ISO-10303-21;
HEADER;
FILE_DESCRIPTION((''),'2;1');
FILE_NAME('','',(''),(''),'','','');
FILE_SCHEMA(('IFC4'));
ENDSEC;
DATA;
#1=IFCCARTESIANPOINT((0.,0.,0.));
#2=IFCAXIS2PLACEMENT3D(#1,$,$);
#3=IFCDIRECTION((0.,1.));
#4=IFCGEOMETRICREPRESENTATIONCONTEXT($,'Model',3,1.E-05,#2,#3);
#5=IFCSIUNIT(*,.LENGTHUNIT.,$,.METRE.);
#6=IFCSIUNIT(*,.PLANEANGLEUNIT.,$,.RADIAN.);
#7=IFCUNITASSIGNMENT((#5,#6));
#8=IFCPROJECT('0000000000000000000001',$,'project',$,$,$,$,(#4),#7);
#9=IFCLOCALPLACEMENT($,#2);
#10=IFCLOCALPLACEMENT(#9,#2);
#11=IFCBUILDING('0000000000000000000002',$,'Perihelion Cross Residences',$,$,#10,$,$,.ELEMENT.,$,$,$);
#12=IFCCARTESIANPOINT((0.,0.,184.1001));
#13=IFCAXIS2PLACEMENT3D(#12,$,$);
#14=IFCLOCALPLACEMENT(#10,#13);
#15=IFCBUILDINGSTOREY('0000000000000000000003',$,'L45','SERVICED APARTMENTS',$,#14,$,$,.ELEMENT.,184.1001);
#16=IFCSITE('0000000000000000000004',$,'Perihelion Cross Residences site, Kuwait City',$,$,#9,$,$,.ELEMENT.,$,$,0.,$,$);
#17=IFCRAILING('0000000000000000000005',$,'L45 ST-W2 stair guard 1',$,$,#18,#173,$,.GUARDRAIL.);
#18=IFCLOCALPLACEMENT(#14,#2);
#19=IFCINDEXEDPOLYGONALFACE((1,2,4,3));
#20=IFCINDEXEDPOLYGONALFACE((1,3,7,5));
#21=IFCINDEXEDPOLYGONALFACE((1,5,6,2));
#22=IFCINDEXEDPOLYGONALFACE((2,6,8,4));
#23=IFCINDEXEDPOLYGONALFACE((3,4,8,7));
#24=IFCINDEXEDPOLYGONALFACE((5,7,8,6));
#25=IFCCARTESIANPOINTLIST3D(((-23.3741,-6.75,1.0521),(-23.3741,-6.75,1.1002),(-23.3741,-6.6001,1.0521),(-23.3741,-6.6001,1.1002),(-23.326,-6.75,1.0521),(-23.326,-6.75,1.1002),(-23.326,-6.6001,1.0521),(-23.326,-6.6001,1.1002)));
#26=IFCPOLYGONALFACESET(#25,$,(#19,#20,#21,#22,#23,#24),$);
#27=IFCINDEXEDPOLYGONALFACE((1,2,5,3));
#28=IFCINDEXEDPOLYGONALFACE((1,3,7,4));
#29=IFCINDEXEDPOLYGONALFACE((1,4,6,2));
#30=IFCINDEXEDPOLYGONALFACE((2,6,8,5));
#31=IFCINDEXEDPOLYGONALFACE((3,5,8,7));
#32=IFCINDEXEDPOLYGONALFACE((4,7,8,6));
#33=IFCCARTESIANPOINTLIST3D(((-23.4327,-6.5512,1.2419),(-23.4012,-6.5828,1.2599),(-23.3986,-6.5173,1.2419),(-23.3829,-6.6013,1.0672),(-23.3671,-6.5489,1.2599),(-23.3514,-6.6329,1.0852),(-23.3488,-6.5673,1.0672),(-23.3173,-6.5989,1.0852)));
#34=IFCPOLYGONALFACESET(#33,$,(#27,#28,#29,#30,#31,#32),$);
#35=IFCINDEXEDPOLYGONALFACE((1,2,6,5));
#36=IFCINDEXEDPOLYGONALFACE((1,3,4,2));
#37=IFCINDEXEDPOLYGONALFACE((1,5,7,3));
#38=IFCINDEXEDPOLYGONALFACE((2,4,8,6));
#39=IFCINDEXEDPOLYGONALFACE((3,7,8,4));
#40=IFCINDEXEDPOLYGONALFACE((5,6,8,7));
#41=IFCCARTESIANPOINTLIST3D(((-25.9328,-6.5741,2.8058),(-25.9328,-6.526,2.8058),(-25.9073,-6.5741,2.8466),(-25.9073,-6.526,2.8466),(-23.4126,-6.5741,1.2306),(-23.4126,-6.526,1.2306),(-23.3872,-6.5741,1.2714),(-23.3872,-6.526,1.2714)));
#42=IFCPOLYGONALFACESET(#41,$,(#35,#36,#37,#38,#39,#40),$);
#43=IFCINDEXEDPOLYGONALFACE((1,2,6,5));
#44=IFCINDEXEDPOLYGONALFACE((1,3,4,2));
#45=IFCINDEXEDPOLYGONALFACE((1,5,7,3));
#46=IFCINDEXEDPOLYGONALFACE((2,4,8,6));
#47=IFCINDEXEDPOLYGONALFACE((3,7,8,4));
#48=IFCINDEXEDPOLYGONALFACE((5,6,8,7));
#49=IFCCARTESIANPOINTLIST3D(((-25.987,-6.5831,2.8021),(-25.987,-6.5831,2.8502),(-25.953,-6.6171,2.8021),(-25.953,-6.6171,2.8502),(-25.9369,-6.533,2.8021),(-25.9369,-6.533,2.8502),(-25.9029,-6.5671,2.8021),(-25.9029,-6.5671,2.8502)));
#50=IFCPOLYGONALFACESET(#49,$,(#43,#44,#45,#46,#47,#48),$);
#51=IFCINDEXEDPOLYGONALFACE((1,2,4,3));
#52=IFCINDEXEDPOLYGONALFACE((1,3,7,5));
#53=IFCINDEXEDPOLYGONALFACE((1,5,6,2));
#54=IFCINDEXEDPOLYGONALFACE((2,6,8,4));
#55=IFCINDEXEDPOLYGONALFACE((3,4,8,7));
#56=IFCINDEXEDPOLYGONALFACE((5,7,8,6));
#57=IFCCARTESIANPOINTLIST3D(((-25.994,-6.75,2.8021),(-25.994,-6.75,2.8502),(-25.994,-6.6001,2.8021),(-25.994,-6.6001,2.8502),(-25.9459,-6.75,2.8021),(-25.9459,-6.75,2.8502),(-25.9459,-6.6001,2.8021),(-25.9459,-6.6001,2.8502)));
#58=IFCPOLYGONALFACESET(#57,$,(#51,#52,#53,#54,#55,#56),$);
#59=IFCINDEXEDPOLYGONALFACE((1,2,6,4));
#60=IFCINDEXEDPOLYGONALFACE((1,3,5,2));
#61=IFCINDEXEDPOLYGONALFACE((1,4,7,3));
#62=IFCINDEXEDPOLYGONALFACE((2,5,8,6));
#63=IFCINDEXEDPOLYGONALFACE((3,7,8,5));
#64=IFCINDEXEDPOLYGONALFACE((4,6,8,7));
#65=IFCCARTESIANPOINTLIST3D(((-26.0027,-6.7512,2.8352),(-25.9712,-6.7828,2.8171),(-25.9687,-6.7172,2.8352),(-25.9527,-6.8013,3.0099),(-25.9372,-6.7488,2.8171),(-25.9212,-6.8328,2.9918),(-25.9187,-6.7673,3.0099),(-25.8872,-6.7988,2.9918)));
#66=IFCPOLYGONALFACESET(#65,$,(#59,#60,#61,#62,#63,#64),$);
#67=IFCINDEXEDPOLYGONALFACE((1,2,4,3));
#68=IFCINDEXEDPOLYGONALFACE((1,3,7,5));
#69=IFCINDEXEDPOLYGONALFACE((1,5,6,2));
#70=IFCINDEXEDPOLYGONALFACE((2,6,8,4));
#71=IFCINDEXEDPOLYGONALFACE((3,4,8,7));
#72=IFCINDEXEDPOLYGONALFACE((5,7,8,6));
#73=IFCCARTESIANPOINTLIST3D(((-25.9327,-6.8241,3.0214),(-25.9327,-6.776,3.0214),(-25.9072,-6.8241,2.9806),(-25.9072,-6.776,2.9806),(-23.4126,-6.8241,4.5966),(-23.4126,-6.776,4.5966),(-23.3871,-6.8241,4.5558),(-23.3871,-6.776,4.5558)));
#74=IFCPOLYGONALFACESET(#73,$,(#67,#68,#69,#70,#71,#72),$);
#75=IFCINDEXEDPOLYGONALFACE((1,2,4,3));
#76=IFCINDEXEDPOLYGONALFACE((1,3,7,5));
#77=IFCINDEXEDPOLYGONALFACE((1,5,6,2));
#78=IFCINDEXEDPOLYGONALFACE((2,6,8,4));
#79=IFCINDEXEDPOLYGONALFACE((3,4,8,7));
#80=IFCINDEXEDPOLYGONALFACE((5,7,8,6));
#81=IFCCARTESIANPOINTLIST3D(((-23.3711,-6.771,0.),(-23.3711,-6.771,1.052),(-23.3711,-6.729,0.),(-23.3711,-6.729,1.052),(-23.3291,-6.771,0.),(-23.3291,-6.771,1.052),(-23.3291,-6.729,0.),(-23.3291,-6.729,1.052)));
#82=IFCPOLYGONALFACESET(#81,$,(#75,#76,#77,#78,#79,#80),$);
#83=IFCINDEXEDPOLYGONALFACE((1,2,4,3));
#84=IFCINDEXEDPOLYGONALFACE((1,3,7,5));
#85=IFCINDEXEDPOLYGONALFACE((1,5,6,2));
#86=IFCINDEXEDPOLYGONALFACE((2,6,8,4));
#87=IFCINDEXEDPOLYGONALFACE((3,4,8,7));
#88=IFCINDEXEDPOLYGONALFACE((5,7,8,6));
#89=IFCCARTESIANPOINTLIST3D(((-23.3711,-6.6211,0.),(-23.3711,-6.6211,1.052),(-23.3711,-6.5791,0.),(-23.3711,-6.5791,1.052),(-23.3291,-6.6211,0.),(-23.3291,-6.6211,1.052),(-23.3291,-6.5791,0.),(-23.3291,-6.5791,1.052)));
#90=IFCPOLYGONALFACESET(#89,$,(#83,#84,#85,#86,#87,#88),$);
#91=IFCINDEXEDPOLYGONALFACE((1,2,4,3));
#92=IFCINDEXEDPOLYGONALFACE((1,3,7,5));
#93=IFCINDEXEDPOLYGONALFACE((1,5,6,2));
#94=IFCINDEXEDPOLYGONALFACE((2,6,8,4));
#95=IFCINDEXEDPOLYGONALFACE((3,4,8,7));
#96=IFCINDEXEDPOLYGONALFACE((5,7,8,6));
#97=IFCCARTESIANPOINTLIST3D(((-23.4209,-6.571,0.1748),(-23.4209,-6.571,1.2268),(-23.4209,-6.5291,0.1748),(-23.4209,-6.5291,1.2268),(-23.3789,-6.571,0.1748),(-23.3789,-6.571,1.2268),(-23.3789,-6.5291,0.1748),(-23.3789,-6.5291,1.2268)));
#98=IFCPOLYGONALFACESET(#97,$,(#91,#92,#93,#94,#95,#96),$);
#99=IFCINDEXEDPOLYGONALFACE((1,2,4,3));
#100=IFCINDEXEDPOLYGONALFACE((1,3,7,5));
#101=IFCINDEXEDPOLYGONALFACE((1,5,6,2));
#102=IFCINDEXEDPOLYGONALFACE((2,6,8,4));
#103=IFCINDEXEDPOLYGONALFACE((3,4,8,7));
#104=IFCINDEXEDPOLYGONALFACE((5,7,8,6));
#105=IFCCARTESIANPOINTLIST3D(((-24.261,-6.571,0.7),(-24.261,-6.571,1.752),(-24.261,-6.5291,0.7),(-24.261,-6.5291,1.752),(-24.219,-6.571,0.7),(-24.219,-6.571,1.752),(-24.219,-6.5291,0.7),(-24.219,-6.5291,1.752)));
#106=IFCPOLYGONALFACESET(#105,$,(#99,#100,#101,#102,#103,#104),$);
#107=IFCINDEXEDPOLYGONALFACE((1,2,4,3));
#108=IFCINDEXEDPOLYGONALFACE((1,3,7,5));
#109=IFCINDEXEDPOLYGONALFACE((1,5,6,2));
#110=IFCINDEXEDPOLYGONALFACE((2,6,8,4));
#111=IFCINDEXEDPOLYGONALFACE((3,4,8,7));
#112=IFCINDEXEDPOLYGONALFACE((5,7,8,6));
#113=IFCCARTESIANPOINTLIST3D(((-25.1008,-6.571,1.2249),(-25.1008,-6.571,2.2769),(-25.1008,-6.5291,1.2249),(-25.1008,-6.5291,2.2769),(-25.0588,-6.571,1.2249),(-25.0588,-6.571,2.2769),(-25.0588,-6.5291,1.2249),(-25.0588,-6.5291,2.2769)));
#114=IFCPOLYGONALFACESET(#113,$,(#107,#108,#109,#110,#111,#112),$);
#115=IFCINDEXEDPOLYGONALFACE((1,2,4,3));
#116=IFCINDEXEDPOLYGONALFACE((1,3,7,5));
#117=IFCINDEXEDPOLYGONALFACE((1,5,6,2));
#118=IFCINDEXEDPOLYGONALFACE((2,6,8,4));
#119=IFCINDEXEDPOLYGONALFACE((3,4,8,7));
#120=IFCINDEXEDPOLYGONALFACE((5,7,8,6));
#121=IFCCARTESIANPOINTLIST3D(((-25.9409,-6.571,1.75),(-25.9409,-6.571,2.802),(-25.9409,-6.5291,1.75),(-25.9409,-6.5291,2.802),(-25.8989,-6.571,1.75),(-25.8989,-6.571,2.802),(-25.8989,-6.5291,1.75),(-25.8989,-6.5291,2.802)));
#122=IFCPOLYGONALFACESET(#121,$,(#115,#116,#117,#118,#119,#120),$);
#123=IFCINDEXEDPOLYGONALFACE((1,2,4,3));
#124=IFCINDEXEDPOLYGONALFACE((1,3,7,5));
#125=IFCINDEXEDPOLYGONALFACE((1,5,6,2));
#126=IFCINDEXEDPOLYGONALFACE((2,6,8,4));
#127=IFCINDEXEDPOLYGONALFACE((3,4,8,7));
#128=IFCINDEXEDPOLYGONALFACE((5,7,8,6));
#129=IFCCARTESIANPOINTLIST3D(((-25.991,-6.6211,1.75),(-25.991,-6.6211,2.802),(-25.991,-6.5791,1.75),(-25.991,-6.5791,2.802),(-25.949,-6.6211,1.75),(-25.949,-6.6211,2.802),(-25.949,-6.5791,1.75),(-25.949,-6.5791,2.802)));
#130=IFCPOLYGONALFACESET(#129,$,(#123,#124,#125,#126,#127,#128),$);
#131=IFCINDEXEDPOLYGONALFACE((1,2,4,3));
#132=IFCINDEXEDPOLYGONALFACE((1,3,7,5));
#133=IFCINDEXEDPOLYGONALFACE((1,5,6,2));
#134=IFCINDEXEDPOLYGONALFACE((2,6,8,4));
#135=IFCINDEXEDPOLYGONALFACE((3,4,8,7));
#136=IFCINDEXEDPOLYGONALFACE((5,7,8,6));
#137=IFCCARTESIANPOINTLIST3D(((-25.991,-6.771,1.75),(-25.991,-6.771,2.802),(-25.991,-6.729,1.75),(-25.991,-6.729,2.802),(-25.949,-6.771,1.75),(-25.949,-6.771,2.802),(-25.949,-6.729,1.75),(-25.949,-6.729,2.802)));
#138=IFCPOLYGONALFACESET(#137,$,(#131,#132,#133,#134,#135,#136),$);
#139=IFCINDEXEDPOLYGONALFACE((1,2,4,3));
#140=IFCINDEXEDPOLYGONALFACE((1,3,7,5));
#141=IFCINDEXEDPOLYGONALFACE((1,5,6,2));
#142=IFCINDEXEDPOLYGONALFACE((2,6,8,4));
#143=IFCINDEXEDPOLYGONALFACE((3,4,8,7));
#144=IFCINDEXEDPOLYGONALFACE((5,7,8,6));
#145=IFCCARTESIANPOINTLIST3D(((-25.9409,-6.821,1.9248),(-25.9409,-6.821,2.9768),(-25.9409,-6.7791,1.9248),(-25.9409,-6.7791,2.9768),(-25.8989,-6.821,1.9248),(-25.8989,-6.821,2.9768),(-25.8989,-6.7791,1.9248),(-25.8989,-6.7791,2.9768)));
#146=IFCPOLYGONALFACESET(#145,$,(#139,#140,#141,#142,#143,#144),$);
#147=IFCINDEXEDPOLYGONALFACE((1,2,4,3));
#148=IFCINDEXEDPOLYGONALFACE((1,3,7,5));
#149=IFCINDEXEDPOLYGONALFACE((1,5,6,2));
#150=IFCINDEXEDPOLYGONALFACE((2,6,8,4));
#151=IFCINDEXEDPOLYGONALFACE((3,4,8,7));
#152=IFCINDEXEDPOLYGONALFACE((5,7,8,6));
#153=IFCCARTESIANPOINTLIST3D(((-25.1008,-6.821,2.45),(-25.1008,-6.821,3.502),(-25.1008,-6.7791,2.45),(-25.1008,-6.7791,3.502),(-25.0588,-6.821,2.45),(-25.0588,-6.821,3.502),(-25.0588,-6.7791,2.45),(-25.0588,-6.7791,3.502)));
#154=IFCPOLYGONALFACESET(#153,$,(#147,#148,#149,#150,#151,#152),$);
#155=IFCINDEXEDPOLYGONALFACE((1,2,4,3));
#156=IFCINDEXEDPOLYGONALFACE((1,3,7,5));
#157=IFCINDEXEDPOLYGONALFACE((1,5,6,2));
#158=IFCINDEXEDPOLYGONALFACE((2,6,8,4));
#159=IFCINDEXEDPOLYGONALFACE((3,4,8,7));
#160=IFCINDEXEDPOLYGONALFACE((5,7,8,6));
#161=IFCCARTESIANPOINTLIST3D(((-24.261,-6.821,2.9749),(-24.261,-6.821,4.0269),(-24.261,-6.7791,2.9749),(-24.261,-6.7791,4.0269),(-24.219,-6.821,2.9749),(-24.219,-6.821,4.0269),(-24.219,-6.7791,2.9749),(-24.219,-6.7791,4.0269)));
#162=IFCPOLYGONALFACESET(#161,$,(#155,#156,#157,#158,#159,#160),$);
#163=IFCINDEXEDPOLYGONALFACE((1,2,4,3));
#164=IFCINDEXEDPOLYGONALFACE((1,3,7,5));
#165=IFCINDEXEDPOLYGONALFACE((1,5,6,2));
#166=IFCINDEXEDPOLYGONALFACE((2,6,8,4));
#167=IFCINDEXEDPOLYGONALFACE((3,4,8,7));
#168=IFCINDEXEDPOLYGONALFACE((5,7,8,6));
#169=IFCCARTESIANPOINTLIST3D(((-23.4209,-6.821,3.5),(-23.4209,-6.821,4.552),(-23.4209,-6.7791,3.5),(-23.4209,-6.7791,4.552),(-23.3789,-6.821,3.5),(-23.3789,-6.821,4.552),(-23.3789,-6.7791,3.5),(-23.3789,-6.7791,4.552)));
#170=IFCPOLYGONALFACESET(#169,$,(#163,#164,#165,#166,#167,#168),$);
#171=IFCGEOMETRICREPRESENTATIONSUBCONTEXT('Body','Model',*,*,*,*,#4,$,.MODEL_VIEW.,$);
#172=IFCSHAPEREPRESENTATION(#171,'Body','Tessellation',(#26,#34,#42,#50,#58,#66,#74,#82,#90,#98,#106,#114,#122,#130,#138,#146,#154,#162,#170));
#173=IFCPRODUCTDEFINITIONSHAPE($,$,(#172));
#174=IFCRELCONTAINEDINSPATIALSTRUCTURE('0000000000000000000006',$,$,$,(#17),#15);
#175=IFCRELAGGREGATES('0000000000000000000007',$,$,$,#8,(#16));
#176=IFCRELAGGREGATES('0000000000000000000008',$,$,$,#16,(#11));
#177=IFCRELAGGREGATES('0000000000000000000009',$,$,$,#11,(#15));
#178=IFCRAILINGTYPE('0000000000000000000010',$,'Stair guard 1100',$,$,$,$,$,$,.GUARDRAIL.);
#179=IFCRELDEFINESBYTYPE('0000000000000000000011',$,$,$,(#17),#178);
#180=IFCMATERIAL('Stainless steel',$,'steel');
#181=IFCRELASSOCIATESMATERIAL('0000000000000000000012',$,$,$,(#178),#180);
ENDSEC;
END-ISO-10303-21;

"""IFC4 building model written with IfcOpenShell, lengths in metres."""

from ifc_helpers import new_model, si_unit, direction, frame, origin, origin_2d, place, context, subcontext, project, spatial, rectangle, extrude, material, type_object, element, save


model = new_model("IFC4")

# Units and contexts
model_context = context("Model", 3, precision=1e-05, world=origin(), true_north=direction((0.0, 1.0)))
body_context = subcontext(model_context, "Body", "Model", "MODEL_VIEW")
ifc_project = project(units=[si_unit("LENGTHUNIT", "METRE"), si_unit("PLANEANGLEUNIT", "RADIAN")], contexts=[model_context])

# Site, building, storey
site_placement = place(None, origin())
site = spatial("IfcSite", under=ifc_project, at=site_placement, Name="Perihelion Cross Residences site, Kuwait City", CompositionType="ELEMENT", RefElevation=0.0)
building_placement = place(site_placement, origin())
building = spatial("IfcBuilding", under=site, at=building_placement, Name="Perihelion Cross Residences", CompositionType="ELEMENT")
storey_placement = place(building_placement, frame((0.0, 0.0, 184.1001)))
storey = spatial("IfcBuildingStorey", under=building, at=storey_placement, Name="L45", Description="SERVICED APARTMENTS", CompositionType="ELEMENT", Elevation=184.1001)

# Railing
ifc_material_1 = material(Name="Stainless steel", Category="steel")
railing_type_1 = type_object("IfcRailingType", Name="Stair guard 1100", PredefinedType="GUARDRAIL", material=ifc_material_1)
railing_1_placement = place(storey_placement, frame((-23.3501, -6.75, 0.0)))
element("IfcRailing", 1, at=railing_1_placement, inside=storey, type_object=railing_type_1, Name="L45 ST-W2 stair guard 1", PredefinedType="GUARDRAIL", context=body_context, shape_type="SweptSolid", body=[
    extrude(rectangle(XDim=0.0481, YDim=0.0481, at=origin_2d()), frame((0.0, 0.0, 1.0762), z_axis=(0.0, 1.0, 0.0), x_axis=(-1.0, 0.0, 0.0)), (0.0, 0.0, 1.0), 0.1499),
    extrude(rectangle(XDim=0.0481, YDim=0.0481, at=origin_2d()), frame((0.0, 0.1499, 1.0762), z_axis=(-0.264179, 0.265474, 0.927218), x_axis=(-0.708834, -0.705376, 0.0)), (0.0, 0.0, 1.0), 0.1885),
    extrude(rectangle(XDim=0.0481, YDim=0.0481, at=origin_2d()), frame((-0.0498, 0.2, 1.251), z_axis=(-0.847971, 0.0, 0.530043), x_axis=(0.0, -1.0, 0.0)), (0.0, 0.0, 1.0), 2.9719),
    extrude(rectangle(XDim=0.0481, YDim=0.0481, at=origin_2d()), frame((-2.5698, 0.2, 2.8262), z_axis=(-0.707107, -0.707107, 0.0), x_axis=(0.707107, -0.707107, 0.0)), (0.0, 0.0, 1.0), 0.0708),
    extrude(rectangle(XDim=0.0481, YDim=0.0481, at=origin_2d()), frame((-2.6199, 0.1499, 2.8262), z_axis=(0.0, -1.0, 0.0), x_axis=(1.0, 0.0, 0.0)), (0.0, 0.0, 1.0), 0.1499),
    extrude(rectangle(XDim=0.0481, YDim=0.0481, at=origin_2d()), frame((-2.6199, 0.0, 2.8262), z_axis=(0.265383, -0.265383, 0.9269), x_axis=(0.707107, 0.707107, 0.0)), (0.0, 0.0, 1.0), 0.1885),
    extrude(rectangle(XDim=0.0481, YDim=0.0481, at=origin_2d()), frame((-2.5698, -0.05, 3.001), z_axis=(0.847971, 0.0, 0.530043), x_axis=(0.0, 1.0, 0.0)), (0.0, 0.0, 1.0), 2.9719),
    extrude(rectangle(XDim=0.042, YDim=0.042, at=origin_2d()), origin(), (0.0, 0.0, 1.0), 1.052),
    extrude(rectangle(XDim=0.042, YDim=0.042, at=origin_2d()), frame((0.0, 0.1499, 0.0)), (0.0, 0.0, 1.0), 1.052),
    extrude(rectangle(XDim=0.042, YDim=0.042, at=origin_2d()), frame((-0.0498, 0.2, 0.1748)), (0.0, 0.0, 1.0), 1.052),
    extrude(rectangle(XDim=0.042, YDim=0.042, at=origin_2d()), frame((-0.8899, 0.2, 0.7)), (0.0, 0.0, 1.0), 1.052),
    extrude(rectangle(XDim=0.042, YDim=0.042, at=origin_2d()), frame((-1.7297, 0.2, 1.2249)), (0.0, 0.0, 1.0), 1.052),
    extrude(rectangle(XDim=0.042, YDim=0.042, at=origin_2d()), frame((-2.5698, 0.2, 1.75)), (0.0, 0.0, 1.0), 1.052),
    extrude(rectangle(XDim=0.042, YDim=0.042, at=origin_2d()), frame((-2.6199, 0.1499, 1.75)), (0.0, 0.0, 1.0), 1.052),
    extrude(rectangle(XDim=0.042, YDim=0.042, at=origin_2d()), frame((-2.6199, 0.0, 1.75)), (0.0, 0.0, 1.0), 1.052),
    extrude(rectangle(XDim=0.042, YDim=0.042, at=origin_2d()), frame((-2.5698, -0.05, 1.9248)), (0.0, 0.0, 1.0), 1.052),
    extrude(rectangle(XDim=0.042, YDim=0.042, at=origin_2d()), frame((-1.7297, -0.05, 2.45)), (0.0, 0.0, 1.0), 1.052),
    extrude(rectangle(XDim=0.042, YDim=0.042, at=origin_2d()), frame((-0.8899, -0.05, 2.9749)), (0.0, 0.0, 1.0), 1.052),
    extrude(rectangle(XDim=0.042, YDim=0.042, at=origin_2d()), frame((-0.0498, -0.05, 3.5)), (0.0, 0.0, 1.0), 1.052),
])

save(model, "model.ifc")
